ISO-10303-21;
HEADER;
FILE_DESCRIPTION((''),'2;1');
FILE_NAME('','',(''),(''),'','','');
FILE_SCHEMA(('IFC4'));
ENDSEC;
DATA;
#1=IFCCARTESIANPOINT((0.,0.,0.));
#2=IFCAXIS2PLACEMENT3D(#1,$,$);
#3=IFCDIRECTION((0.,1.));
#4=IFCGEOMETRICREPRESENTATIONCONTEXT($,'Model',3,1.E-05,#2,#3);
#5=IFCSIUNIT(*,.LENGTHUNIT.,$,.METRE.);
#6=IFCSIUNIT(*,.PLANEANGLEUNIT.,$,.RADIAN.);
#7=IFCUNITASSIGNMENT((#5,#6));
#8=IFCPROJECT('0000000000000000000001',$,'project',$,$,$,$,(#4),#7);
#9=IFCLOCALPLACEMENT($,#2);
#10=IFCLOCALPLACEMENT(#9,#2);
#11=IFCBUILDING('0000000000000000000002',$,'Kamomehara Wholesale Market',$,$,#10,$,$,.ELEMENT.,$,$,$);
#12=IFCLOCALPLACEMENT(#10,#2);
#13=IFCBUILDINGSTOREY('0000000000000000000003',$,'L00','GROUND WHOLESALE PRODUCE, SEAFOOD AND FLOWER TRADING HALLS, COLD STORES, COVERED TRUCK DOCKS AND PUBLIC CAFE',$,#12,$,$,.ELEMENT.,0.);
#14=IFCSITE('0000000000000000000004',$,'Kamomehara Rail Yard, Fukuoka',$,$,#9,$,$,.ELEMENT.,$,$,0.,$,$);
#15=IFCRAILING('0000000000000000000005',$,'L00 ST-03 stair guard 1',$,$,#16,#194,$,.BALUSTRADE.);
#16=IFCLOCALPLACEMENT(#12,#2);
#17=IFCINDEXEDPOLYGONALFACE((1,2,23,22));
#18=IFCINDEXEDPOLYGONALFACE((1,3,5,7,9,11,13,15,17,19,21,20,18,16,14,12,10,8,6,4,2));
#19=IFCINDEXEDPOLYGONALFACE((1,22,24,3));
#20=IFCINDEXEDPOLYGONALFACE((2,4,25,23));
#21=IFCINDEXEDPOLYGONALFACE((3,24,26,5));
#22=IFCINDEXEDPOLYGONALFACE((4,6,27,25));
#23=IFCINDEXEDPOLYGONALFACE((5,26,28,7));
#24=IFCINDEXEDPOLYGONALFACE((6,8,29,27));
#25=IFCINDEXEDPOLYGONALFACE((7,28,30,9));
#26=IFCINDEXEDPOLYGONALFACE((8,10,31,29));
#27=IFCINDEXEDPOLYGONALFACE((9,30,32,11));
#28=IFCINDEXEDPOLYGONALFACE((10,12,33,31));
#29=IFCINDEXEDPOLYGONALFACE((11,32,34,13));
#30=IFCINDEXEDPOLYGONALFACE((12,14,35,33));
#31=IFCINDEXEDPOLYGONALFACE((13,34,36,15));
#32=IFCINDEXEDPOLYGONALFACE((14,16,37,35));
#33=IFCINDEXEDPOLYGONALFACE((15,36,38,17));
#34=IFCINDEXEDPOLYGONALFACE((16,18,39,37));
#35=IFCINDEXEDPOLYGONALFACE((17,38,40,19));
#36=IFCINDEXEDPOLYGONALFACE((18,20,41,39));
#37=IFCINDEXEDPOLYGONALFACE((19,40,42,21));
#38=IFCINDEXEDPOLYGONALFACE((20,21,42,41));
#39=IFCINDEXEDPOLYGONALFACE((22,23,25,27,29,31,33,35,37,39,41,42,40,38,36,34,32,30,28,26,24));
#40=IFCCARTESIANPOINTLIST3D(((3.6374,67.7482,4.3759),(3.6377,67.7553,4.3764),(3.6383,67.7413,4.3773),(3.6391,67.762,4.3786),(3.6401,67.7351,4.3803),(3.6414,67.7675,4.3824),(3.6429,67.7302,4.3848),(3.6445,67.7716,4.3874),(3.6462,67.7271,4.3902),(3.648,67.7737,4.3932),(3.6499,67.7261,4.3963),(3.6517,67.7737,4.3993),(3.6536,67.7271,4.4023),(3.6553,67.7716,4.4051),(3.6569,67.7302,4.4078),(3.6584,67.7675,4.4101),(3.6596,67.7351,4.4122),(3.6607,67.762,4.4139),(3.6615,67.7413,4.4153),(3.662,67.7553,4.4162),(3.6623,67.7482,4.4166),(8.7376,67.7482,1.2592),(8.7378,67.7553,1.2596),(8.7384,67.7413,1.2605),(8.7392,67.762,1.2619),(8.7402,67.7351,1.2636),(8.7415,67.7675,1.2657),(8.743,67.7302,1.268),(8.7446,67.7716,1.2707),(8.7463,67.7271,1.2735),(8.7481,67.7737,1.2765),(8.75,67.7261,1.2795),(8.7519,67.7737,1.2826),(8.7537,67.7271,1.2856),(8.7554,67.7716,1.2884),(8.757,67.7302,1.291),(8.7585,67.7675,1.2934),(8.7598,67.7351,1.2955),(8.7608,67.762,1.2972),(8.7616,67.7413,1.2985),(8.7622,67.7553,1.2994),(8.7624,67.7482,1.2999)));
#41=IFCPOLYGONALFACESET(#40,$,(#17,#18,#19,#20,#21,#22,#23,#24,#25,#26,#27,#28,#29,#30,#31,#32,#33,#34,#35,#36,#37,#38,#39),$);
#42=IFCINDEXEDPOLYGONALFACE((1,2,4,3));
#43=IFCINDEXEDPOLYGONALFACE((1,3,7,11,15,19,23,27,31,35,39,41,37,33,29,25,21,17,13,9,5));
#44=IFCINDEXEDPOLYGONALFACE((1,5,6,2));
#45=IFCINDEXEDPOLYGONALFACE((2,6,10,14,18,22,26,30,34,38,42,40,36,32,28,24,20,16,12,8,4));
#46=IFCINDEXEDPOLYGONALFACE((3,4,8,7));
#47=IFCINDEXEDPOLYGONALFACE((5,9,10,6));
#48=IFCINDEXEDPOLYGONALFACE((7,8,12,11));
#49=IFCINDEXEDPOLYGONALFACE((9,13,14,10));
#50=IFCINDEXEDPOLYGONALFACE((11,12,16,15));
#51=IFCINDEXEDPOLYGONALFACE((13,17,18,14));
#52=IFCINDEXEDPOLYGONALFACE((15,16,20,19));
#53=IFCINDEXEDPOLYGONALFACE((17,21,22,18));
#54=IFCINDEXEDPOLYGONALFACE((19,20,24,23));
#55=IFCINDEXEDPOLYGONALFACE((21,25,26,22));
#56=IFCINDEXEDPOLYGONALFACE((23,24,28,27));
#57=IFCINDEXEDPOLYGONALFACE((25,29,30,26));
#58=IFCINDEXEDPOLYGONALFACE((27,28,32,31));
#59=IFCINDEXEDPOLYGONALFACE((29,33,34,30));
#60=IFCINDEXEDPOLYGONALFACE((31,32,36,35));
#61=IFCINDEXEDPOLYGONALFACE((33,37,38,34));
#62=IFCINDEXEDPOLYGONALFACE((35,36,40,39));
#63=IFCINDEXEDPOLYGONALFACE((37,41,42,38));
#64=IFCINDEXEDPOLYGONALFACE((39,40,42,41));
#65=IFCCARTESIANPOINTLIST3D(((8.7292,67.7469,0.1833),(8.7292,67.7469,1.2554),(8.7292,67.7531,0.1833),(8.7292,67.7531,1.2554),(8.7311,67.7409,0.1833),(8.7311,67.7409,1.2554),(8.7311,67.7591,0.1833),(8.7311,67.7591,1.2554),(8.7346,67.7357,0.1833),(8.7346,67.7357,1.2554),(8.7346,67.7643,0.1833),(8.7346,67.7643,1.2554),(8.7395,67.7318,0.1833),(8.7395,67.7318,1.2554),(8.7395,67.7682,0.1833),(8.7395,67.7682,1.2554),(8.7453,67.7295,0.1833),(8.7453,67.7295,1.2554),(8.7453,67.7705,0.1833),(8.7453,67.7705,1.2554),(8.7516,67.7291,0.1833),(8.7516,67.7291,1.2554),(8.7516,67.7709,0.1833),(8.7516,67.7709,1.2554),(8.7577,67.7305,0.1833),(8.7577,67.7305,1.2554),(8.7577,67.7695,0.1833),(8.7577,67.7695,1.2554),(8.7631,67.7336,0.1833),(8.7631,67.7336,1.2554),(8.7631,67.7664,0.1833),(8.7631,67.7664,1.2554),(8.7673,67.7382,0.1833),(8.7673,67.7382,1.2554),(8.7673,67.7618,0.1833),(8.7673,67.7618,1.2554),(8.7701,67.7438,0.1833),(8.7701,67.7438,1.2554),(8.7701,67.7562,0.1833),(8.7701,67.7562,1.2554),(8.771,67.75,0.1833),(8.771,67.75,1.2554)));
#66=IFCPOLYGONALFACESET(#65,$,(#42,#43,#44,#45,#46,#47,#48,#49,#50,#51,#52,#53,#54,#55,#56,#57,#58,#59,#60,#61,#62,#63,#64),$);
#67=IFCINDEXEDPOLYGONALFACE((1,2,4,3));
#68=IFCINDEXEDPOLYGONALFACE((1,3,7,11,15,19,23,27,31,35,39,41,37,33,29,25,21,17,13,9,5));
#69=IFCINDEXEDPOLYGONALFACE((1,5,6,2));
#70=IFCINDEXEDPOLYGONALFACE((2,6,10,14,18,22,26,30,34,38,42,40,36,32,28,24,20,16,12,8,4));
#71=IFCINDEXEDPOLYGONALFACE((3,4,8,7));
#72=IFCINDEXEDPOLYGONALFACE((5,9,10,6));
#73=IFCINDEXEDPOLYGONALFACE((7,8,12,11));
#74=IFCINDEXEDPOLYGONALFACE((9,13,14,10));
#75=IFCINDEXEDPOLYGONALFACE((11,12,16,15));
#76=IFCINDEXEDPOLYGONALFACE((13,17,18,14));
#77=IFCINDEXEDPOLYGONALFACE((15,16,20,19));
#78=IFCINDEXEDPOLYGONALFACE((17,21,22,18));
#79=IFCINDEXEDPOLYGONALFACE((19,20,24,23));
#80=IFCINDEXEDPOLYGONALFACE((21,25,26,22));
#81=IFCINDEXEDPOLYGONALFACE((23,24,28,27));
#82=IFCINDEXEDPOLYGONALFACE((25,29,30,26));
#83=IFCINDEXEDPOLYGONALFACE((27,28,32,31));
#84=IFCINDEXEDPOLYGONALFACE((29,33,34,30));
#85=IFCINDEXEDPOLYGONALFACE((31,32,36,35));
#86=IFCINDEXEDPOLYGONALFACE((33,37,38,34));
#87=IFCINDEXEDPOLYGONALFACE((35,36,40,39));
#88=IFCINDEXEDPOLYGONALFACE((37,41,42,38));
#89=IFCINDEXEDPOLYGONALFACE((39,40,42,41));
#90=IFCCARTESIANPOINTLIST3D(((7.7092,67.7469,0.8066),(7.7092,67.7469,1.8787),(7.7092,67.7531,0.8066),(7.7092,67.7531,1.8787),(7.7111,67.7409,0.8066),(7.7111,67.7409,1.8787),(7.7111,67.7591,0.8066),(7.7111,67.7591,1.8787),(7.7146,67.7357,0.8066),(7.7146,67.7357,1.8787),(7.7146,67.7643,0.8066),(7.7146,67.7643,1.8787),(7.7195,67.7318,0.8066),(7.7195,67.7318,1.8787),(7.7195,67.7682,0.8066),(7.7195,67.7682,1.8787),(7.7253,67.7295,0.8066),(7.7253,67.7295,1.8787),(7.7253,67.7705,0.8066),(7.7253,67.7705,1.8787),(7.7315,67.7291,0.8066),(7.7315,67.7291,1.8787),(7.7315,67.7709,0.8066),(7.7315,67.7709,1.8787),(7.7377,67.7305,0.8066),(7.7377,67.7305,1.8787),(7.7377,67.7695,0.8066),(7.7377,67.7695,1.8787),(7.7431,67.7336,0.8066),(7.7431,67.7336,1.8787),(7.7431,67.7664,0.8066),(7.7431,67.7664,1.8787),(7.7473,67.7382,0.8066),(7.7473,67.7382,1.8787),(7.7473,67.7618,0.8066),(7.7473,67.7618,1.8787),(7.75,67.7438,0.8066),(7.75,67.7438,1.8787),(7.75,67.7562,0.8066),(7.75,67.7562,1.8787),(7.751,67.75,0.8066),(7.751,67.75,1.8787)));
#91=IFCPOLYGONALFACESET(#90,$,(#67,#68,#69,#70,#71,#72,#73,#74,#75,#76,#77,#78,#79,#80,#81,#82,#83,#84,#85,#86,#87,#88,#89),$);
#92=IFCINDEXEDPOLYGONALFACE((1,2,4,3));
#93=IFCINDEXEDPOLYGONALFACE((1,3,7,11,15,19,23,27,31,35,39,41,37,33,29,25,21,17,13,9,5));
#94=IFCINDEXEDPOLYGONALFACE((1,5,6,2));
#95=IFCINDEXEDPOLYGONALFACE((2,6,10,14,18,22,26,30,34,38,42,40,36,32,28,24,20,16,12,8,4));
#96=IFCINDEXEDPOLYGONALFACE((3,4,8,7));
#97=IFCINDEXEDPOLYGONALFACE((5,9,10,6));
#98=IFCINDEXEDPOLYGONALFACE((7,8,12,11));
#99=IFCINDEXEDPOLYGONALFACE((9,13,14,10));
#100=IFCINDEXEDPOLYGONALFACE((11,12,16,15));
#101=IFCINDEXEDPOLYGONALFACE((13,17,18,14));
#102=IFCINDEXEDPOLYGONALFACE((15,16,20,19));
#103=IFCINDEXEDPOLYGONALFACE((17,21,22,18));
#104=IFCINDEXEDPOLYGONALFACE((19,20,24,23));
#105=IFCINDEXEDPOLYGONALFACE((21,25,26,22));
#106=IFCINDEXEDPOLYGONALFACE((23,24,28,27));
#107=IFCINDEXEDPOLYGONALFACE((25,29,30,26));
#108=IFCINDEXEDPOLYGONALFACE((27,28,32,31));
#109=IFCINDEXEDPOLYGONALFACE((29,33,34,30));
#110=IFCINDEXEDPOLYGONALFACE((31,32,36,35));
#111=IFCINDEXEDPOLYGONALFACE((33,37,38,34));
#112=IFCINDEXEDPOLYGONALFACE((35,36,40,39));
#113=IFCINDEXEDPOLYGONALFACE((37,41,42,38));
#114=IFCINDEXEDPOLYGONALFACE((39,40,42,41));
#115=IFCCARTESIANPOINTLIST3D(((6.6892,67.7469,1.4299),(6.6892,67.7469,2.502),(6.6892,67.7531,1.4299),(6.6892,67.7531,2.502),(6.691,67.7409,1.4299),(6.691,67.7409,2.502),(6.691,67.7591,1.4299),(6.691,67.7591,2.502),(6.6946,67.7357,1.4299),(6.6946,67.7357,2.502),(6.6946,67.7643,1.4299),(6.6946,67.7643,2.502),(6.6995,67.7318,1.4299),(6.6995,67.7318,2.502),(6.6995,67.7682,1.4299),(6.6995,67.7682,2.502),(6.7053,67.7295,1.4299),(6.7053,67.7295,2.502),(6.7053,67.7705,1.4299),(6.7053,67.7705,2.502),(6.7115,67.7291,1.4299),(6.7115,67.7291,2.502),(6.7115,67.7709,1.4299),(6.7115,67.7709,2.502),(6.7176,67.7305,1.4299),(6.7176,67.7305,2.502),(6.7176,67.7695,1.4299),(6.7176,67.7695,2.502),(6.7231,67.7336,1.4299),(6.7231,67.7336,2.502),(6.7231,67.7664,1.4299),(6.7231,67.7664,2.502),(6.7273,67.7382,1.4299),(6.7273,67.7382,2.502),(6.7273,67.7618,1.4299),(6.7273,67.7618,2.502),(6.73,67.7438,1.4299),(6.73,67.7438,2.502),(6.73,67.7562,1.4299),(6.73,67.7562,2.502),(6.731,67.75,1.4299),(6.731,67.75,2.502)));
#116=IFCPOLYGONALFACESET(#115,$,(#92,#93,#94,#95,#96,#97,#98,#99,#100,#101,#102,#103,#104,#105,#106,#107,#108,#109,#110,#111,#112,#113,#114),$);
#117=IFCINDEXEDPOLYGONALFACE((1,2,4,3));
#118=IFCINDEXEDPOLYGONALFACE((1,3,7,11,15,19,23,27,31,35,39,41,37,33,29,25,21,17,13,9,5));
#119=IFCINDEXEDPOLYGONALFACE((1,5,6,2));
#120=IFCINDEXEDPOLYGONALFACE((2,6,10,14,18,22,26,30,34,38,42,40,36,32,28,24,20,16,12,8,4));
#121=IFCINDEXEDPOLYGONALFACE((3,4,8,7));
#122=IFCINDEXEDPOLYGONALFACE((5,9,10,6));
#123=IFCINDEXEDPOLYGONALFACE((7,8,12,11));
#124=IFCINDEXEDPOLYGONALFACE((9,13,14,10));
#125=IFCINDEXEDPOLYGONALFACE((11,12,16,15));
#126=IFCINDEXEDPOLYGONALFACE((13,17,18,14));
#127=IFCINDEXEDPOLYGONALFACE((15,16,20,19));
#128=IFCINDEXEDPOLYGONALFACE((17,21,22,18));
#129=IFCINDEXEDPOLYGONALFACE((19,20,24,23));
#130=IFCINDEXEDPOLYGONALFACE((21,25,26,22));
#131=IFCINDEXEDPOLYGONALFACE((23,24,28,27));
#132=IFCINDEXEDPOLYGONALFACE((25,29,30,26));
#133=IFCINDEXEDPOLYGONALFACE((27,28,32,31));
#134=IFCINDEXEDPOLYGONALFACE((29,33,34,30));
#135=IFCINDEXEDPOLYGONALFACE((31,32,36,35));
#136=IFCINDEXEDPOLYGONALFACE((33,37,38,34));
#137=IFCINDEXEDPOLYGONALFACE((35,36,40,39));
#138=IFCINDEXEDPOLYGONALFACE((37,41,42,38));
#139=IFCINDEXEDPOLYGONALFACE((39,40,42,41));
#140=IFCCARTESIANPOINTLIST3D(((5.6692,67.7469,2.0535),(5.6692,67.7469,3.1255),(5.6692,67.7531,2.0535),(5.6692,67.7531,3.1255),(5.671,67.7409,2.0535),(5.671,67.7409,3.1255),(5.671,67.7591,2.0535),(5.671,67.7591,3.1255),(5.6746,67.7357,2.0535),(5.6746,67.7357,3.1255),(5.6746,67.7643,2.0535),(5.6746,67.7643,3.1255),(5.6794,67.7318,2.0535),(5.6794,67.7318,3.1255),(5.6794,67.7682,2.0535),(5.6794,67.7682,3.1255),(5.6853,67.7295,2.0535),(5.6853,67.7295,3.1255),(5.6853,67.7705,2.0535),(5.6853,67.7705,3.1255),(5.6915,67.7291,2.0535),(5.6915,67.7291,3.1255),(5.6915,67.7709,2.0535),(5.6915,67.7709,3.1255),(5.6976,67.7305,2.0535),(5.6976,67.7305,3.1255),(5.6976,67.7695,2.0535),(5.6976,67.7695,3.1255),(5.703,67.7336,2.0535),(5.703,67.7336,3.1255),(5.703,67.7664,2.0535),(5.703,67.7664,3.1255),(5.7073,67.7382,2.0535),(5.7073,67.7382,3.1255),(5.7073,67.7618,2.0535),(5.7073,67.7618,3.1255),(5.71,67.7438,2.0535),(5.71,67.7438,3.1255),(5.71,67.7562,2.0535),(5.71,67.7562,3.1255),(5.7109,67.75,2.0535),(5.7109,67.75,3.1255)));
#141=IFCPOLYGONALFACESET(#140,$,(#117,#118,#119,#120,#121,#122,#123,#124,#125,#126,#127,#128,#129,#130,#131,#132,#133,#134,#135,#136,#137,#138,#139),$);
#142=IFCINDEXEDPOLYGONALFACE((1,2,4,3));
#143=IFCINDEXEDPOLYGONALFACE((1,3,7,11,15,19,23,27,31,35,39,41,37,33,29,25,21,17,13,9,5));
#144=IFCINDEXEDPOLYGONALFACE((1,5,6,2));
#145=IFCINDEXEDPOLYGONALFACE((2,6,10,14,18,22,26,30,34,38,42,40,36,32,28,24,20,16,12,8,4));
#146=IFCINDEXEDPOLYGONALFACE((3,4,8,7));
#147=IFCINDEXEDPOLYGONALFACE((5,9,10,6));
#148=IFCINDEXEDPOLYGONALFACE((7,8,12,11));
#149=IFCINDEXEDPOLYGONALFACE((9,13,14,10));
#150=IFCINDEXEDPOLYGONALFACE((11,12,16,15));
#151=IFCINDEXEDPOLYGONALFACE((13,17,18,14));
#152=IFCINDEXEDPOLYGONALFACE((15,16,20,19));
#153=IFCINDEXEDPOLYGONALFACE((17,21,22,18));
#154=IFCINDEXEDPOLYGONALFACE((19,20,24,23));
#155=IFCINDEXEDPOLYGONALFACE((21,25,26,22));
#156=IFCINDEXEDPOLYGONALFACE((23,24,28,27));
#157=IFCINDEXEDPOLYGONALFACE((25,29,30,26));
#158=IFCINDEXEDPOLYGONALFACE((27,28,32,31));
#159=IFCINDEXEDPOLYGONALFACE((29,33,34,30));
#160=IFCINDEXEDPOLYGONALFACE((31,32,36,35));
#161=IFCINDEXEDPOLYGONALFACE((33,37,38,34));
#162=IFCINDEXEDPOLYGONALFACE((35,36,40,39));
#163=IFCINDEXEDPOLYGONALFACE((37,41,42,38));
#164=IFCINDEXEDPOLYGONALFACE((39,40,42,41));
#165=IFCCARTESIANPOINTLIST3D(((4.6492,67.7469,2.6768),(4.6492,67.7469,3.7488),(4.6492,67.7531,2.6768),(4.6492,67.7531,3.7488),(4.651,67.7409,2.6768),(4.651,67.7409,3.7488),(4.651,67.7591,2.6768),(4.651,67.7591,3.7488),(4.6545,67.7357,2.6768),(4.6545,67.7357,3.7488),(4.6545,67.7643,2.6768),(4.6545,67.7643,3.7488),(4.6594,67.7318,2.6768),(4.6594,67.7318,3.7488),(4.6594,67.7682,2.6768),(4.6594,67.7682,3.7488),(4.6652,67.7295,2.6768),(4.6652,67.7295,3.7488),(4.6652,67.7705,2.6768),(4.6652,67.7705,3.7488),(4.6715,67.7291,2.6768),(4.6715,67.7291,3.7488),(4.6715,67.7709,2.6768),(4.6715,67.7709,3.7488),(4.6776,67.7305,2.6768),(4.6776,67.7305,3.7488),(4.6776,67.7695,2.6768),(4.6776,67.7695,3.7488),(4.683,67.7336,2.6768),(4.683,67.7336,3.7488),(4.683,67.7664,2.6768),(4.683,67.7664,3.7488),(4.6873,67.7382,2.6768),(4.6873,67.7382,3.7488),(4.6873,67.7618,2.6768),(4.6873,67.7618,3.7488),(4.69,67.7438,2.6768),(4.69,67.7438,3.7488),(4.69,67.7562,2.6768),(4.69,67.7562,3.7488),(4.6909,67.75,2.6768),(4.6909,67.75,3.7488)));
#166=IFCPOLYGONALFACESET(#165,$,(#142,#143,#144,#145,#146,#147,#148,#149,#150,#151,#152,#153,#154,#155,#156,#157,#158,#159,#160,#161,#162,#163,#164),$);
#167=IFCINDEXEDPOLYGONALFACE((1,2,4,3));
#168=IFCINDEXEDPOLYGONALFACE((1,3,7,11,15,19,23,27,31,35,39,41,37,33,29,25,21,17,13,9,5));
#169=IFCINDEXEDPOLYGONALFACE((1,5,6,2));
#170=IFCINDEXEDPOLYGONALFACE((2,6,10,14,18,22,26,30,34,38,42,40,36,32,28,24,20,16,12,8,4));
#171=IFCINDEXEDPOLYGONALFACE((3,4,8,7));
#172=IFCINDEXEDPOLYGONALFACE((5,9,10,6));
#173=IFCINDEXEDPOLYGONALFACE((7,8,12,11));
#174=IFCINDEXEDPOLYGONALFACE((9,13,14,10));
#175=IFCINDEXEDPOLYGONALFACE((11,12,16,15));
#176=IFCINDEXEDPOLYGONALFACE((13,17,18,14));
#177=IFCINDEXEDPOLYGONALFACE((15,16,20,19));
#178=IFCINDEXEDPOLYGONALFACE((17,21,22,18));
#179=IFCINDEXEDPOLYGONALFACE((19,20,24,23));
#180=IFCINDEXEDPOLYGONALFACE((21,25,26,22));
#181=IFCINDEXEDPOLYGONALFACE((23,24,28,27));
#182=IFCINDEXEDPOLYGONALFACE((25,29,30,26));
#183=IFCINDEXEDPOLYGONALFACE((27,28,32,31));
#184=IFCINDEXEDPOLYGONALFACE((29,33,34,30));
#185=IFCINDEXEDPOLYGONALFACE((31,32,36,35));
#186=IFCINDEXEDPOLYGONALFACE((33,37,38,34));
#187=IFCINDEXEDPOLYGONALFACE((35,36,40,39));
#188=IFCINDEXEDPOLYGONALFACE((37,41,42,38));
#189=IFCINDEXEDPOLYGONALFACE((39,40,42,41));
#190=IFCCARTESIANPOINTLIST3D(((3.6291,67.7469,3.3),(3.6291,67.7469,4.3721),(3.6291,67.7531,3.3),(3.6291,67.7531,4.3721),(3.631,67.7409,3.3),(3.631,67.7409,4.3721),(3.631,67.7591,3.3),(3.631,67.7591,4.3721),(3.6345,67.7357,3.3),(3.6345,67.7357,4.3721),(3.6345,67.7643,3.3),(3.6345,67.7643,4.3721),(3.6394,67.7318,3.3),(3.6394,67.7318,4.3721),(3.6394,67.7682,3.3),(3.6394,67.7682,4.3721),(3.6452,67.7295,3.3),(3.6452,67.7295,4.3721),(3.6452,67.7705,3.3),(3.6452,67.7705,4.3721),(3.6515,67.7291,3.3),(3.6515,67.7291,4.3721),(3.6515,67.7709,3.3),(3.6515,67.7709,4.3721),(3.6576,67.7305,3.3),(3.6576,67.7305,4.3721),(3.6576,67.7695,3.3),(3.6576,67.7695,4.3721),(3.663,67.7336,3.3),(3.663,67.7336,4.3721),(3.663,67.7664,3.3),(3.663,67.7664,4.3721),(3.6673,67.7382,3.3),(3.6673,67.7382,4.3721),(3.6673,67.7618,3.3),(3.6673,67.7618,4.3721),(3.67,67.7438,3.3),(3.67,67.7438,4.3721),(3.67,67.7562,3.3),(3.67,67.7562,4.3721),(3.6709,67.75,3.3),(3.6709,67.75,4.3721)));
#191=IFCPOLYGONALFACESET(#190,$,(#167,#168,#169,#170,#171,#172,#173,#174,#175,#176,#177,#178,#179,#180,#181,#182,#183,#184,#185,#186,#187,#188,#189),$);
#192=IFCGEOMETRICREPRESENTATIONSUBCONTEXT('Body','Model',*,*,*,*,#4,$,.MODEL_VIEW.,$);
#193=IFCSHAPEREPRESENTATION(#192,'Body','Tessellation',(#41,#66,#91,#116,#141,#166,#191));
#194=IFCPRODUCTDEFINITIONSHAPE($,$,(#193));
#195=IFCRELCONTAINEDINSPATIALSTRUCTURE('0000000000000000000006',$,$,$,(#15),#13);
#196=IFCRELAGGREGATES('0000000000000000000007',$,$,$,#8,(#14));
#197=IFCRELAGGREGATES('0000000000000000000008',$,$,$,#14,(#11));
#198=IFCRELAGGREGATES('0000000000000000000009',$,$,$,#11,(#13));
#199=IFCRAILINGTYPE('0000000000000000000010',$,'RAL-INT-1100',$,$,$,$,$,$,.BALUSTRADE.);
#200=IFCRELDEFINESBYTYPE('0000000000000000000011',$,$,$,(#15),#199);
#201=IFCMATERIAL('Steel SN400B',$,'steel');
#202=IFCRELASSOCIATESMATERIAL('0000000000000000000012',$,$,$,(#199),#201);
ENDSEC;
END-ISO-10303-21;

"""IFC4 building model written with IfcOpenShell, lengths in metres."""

from ifc_helpers import new_model, si_unit, direction, frame, origin, origin_2d, place, context, subcontext, project, spatial, circle, extrude, material, type_object, element, save


model = new_model("IFC4")

# Units and contexts
model_context = context("Model", 3, precision=1e-05, world=origin(), true_north=direction((0.0, 1.0)))
body_context = subcontext(model_context, "Body", "Model", "MODEL_VIEW")
ifc_project = project(units=[si_unit("LENGTHUNIT", "METRE"), si_unit("PLANEANGLEUNIT", "RADIAN")], contexts=[model_context])

# Site, building, storey
site_placement = place(None, origin())
site = spatial("IfcSite", under=ifc_project, at=site_placement, Name="Kamomehara Rail Yard, Fukuoka", CompositionType="ELEMENT", RefElevation=0.0)
building_placement = place(site_placement, origin())
building = spatial("IfcBuilding", under=site, at=building_placement, Name="Kamomehara Wholesale Market", CompositionType="ELEMENT")
storey_placement = place(building_placement, origin())
storey = spatial("IfcBuildingStorey", under=building, at=storey_placement, Name="L00", Description="GROUND WHOLESALE PRODUCE, SEAFOOD AND FLOWER TRADING HALLS, COLD STORES, COVERED TRUCK DOCKS AND PUBLIC CAFE", CompositionType="ELEMENT", Elevation=0.0)

# Railing
ifc_material_1 = material(Name="Steel SN400B", Category="steel")
railing_type_1 = type_object("IfcRailingType", Name="RAL-INT-1100", PredefinedType="BALUSTRADE", material=ifc_material_1)
railing_1_placement = place(storey_placement, frame((8.75, 67.75, 0.1833)))
element("IfcRailing", 1, at=railing_1_placement, inside=storey, type_object=railing_type_1, Name="L00 ST-03 stair guard 1", PredefinedType="BALUSTRADE", context=body_context, shape_type="SweptSolid", body=[
    extrude(circle(Radius=0.0239, at=origin_2d()), frame((0.0, 0.0, 1.0962), z_axis=(-0.853284, 0.0, 0.521447), x_axis=(0.0, -1.0, 0.0)), (0.0, 0.0, 1.0), 5.9771),
    extrude(circle(Radius=0.021, at=origin_2d()), origin(), (0.0, 0.0, 1.0), 1.072),
    extrude(circle(Radius=0.021, at=origin_2d()), frame((-1.02, 0.0, 0.6233)), (0.0, 0.0, 1.0), 1.072),
    extrude(circle(Radius=0.021, at=origin_2d()), frame((-2.04, 0.0, 1.2466)), (0.0, 0.0, 1.0), 1.072),
    extrude(circle(Radius=0.021, at=origin_2d()), frame((-3.0601, 0.0, 1.8701)), (0.0, 0.0, 1.0), 1.072),
    extrude(circle(Radius=0.021, at=origin_2d()), frame((-4.0801, 0.0, 2.4934)), (0.0, 0.0, 1.0), 1.072),
    extrude(circle(Radius=0.021, at=origin_2d()), frame((-5.1001, 0.0, 3.1167)), (0.0, 0.0, 1.0), 1.072),
])

save(model, "model.ifc")
